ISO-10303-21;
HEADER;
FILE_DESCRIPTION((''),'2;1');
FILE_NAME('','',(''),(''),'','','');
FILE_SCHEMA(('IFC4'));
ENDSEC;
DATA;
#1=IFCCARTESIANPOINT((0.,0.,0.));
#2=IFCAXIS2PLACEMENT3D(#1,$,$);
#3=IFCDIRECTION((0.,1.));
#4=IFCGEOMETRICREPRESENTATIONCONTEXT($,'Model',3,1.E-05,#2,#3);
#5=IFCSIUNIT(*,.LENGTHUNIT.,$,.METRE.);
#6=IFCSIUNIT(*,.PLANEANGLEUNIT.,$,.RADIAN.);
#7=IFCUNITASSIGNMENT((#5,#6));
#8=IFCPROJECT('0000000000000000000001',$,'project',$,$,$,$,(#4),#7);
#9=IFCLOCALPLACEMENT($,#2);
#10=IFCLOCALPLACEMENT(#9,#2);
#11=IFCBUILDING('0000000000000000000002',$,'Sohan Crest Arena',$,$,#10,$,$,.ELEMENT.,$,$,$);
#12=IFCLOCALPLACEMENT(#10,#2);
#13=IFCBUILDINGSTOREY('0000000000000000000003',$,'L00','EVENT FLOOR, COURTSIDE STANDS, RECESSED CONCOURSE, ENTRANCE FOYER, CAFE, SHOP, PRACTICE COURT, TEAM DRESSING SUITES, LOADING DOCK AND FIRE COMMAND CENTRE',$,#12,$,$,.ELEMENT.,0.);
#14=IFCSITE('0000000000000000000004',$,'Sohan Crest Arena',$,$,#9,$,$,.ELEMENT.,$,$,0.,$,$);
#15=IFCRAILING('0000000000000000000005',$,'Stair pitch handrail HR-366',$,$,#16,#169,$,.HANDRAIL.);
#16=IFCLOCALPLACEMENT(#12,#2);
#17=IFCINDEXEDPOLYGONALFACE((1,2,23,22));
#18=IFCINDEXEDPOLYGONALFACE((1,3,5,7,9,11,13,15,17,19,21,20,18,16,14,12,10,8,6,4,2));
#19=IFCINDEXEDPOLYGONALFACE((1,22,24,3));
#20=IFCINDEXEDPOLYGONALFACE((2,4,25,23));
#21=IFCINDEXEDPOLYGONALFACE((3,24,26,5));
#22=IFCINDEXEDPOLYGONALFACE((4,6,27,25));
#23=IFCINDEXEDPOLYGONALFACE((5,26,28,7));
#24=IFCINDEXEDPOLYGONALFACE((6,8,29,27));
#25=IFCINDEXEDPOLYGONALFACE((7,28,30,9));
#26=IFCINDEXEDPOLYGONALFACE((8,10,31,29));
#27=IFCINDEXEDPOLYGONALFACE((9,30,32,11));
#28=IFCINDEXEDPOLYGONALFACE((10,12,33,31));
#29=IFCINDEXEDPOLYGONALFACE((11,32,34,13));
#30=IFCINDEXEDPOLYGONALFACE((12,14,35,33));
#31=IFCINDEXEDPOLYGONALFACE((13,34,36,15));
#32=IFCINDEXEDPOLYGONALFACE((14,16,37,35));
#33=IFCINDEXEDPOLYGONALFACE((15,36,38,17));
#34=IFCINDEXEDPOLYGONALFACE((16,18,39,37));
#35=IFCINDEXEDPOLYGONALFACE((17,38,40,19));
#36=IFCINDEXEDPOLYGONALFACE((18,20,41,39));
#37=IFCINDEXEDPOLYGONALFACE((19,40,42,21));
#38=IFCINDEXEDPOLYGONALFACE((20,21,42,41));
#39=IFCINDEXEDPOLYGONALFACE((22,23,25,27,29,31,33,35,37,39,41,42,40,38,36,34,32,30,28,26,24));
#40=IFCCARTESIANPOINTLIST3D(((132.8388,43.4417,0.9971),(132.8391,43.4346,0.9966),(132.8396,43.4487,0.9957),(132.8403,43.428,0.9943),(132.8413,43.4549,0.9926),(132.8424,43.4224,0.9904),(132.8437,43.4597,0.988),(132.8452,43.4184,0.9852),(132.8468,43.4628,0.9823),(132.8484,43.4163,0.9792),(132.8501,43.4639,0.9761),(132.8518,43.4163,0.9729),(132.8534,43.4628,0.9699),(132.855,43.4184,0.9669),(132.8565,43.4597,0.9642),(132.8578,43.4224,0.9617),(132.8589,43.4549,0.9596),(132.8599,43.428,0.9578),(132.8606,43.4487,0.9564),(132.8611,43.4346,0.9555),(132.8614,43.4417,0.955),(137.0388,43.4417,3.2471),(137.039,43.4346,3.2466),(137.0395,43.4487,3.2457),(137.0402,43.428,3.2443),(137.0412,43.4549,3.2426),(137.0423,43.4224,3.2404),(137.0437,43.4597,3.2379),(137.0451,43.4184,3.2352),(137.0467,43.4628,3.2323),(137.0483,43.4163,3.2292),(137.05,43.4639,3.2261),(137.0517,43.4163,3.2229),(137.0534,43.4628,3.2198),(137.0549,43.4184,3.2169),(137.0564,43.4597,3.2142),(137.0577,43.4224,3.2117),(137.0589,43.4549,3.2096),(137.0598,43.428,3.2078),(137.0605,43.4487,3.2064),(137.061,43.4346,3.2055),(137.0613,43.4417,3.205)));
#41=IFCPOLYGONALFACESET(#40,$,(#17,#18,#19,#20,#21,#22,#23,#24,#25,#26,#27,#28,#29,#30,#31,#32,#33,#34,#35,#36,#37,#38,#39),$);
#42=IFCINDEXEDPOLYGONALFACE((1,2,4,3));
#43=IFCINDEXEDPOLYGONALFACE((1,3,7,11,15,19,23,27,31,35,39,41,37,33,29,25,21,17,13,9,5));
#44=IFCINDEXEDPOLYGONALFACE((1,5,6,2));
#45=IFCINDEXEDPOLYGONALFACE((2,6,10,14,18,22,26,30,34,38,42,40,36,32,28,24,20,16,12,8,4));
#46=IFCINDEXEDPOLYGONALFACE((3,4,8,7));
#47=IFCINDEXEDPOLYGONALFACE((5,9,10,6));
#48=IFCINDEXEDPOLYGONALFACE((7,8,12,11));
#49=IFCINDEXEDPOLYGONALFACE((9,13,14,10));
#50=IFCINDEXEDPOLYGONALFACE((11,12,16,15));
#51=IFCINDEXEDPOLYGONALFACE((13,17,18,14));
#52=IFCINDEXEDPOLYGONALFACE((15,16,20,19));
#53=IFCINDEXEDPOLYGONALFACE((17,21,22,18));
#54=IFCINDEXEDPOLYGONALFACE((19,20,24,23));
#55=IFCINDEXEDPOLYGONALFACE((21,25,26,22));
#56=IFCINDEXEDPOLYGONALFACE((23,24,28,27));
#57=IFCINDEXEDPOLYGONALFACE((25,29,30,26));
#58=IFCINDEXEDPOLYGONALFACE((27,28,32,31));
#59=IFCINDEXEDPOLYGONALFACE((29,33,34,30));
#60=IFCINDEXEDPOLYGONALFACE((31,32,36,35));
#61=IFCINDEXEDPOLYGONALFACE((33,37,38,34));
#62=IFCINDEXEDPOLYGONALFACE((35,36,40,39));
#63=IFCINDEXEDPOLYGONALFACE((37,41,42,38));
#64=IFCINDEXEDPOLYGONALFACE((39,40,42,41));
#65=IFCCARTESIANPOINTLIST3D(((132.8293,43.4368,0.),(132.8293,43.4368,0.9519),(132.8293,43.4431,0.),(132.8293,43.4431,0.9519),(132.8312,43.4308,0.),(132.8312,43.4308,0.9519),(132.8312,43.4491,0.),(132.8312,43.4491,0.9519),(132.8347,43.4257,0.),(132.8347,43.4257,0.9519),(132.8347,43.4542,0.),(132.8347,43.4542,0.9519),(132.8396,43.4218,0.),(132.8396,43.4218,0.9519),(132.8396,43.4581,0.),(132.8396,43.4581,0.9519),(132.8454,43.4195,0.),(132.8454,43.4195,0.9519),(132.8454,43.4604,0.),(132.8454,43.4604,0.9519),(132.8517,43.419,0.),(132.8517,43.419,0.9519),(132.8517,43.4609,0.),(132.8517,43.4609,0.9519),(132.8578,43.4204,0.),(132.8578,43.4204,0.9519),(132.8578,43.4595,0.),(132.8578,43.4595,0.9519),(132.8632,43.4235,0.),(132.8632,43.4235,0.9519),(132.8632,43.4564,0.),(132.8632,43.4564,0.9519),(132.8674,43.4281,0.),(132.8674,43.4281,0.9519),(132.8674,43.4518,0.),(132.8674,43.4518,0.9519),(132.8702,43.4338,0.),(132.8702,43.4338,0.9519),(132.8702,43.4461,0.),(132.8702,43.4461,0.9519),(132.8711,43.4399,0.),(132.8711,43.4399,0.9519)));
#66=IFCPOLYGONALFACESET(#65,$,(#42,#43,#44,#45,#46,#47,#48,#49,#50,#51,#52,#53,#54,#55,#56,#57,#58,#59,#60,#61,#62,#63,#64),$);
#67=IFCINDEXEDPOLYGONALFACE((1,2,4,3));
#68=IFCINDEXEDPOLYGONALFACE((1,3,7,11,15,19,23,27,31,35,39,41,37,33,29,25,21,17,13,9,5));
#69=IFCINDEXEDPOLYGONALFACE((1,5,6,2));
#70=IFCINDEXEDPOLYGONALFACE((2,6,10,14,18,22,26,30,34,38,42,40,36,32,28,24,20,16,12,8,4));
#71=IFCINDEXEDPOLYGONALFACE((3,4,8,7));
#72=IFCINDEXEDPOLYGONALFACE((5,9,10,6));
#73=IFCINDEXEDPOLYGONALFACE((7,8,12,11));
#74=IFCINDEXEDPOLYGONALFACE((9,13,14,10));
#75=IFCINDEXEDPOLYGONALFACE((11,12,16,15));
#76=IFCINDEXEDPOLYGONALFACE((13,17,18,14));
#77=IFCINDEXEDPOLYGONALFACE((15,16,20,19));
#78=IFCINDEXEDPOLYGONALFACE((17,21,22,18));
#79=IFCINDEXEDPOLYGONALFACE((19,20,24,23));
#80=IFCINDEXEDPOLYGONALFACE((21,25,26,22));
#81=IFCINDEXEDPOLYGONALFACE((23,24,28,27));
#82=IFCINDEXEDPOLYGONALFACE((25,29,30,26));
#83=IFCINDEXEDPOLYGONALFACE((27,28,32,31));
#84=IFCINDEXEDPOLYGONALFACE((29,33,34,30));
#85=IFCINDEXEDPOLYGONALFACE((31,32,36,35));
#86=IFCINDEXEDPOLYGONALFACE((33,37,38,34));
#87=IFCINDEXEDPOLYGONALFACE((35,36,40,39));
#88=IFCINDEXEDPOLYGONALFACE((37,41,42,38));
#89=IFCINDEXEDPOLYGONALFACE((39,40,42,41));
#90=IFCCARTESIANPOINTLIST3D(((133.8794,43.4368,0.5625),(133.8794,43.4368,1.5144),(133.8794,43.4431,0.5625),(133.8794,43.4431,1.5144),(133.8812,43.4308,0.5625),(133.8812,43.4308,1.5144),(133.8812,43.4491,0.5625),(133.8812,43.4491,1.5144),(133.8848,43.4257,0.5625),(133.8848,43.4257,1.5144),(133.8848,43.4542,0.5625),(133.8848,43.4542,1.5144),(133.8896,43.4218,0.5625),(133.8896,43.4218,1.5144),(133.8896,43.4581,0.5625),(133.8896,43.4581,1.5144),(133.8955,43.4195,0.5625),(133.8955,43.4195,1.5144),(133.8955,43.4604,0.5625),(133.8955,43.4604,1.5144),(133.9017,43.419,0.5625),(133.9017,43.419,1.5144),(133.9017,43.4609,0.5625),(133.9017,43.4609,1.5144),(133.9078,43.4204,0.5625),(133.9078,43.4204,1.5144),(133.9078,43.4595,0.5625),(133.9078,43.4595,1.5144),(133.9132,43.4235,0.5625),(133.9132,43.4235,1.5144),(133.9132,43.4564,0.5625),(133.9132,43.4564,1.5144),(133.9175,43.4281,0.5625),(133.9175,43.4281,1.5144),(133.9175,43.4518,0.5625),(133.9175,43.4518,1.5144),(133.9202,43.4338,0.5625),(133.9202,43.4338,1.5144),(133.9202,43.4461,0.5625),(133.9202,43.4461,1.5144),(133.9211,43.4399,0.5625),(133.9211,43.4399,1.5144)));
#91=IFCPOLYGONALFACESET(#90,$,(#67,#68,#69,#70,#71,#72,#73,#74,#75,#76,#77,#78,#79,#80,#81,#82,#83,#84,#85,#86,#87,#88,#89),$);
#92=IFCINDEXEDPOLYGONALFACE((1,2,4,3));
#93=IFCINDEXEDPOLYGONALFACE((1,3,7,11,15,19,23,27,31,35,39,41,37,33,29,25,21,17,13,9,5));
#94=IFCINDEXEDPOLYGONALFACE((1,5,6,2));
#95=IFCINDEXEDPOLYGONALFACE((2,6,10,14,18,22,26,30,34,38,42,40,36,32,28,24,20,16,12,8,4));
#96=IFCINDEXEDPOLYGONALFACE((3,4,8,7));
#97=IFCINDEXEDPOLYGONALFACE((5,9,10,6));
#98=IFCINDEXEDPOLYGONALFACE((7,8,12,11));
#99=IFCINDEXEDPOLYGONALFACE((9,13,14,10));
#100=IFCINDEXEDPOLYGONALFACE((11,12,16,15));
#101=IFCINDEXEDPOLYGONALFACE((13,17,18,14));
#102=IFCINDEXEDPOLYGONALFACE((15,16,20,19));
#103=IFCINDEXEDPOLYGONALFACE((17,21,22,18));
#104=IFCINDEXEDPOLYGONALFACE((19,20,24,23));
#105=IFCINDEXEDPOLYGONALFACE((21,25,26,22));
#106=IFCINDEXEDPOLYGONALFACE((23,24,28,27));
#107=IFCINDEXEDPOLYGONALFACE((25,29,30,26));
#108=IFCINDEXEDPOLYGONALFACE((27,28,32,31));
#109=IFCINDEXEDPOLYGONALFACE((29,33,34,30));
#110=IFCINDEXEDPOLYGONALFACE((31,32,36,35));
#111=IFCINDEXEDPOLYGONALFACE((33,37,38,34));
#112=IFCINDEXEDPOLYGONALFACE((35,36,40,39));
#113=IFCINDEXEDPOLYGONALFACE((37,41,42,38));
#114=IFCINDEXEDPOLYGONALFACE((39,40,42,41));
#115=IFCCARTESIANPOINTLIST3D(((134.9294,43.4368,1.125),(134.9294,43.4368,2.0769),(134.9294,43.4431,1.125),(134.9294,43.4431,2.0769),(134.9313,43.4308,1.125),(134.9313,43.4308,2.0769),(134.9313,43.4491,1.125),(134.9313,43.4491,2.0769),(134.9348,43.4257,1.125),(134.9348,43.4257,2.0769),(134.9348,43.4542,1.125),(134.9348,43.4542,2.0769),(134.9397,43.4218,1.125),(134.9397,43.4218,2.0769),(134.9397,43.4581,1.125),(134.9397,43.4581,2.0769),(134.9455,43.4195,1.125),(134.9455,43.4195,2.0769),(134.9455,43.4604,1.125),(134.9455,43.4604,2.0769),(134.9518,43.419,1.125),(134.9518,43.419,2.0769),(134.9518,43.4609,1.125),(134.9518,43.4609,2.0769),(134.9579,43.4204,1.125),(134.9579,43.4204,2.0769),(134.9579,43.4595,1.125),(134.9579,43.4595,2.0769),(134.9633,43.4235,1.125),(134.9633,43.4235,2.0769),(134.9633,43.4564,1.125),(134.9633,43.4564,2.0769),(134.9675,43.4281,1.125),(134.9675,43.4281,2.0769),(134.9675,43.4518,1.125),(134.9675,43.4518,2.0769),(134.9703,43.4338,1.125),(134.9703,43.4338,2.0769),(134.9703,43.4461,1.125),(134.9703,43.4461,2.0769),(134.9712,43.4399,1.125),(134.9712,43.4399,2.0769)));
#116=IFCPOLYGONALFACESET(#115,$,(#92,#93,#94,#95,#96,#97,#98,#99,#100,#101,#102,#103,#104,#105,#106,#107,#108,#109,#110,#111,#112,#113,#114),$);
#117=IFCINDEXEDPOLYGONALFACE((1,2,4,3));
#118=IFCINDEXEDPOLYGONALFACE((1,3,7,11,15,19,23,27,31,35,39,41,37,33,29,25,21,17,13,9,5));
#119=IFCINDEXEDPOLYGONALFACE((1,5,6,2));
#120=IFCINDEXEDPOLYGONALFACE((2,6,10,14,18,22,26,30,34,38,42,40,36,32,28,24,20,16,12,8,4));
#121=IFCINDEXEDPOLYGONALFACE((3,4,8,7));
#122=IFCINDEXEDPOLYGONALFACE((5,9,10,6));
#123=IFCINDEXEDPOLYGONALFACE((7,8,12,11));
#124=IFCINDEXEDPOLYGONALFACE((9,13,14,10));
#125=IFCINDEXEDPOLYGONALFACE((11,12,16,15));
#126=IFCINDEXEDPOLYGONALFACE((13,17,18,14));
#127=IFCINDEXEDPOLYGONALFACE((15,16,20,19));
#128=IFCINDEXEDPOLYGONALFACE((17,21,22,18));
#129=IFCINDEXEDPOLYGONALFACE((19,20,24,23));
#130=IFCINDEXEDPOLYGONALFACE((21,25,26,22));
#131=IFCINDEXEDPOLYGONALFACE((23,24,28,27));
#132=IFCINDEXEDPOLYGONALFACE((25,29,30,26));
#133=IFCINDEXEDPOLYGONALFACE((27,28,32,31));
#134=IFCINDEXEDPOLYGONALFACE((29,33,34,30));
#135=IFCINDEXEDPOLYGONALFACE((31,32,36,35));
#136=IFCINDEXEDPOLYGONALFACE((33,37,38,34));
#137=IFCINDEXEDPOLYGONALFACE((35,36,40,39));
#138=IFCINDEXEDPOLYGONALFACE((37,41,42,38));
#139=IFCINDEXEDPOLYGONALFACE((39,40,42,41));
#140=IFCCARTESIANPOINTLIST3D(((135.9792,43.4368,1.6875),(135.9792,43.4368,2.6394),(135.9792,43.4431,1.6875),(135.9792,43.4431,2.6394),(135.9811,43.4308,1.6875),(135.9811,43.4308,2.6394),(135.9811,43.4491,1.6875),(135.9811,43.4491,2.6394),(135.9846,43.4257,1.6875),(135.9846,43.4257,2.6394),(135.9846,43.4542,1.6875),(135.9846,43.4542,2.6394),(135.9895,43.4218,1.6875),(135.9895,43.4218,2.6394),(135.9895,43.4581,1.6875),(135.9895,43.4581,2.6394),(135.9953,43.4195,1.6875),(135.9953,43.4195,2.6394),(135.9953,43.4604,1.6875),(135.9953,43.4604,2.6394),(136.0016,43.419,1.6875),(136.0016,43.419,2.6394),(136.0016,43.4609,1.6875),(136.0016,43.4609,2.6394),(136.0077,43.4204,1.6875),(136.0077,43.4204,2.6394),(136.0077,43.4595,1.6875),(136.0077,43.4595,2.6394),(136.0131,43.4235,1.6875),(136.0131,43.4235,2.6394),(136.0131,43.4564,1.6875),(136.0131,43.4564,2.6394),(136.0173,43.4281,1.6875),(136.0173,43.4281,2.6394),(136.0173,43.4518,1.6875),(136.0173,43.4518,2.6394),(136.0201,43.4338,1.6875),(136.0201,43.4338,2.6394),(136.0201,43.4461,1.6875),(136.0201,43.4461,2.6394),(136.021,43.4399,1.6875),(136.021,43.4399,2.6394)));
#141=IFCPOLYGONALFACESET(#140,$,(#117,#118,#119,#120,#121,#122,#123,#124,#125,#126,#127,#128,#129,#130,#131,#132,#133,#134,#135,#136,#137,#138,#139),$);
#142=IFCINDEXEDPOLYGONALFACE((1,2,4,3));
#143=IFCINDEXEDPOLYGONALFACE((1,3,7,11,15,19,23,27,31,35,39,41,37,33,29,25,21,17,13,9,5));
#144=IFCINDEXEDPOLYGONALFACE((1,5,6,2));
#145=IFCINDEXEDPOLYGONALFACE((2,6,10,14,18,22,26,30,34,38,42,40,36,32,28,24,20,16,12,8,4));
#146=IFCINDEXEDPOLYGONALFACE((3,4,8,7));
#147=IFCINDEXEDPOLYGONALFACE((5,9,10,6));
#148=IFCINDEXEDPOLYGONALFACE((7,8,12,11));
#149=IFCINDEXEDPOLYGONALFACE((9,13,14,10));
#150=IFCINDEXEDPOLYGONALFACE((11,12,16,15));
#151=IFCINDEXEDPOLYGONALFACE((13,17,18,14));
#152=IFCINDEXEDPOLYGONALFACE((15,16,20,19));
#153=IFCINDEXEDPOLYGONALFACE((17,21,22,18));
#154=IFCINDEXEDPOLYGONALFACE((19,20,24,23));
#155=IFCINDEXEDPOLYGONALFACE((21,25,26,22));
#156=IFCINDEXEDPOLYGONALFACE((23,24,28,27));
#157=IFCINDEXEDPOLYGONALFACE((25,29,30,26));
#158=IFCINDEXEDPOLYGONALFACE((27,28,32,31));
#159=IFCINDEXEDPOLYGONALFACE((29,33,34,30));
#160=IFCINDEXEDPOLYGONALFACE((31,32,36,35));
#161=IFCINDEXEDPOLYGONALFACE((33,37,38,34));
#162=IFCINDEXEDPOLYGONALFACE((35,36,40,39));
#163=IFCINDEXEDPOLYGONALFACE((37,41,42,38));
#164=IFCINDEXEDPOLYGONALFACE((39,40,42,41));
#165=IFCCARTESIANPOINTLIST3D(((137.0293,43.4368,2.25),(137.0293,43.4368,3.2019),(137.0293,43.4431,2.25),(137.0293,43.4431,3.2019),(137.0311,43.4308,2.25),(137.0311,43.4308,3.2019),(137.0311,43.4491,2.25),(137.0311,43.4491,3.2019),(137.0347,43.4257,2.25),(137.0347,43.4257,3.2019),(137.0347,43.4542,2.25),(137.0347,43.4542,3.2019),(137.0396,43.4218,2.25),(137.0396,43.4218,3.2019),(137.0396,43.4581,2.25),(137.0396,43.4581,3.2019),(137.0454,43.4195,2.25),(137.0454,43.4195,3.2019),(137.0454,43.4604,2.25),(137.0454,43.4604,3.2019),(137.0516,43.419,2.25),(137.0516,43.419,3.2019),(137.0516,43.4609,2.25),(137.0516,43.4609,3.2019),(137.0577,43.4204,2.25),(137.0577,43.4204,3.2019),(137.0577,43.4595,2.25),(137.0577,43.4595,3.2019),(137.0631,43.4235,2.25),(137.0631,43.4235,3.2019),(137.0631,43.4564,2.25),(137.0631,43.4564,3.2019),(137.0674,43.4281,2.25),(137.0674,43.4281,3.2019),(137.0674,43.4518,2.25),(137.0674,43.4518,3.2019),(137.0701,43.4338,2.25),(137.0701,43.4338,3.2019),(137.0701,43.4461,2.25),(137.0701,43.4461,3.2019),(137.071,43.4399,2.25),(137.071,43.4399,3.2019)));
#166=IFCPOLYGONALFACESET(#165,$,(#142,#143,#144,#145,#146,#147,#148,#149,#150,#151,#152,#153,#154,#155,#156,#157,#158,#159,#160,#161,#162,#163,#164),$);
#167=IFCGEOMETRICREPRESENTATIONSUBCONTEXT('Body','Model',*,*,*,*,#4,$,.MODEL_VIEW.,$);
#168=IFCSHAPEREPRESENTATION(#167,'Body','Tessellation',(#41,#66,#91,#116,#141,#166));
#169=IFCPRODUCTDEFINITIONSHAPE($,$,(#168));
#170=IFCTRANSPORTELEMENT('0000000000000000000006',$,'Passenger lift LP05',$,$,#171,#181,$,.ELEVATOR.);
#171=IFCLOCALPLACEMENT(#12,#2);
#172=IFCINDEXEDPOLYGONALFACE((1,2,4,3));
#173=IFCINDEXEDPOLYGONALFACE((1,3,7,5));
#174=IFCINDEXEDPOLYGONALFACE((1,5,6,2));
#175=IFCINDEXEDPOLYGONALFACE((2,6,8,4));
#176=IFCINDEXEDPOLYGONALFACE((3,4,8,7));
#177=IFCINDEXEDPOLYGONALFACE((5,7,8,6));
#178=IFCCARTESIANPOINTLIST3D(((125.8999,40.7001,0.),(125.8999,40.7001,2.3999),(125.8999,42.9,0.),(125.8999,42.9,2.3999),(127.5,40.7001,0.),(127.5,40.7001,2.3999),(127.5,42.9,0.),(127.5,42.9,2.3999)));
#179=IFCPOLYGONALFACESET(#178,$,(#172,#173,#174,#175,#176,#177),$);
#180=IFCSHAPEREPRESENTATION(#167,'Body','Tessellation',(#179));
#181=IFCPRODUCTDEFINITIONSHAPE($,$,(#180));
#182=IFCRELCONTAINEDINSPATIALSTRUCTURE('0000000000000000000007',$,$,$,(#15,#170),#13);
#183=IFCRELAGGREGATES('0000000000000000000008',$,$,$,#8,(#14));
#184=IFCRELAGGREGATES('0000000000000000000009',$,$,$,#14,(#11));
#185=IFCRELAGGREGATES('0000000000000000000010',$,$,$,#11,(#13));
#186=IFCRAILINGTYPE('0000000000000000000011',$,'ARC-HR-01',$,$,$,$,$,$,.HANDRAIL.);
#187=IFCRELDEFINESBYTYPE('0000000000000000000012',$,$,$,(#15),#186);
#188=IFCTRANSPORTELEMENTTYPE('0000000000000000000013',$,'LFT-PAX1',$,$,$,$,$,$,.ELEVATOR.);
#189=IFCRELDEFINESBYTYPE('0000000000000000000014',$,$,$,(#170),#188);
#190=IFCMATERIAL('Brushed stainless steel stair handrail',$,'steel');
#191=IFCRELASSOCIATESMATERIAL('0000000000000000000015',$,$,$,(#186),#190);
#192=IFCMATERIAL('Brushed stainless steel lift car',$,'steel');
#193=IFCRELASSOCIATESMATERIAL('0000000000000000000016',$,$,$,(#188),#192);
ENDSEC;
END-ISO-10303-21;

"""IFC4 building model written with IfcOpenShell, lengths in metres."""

from ifc_helpers import new_model, si_unit, direction, frame, origin, origin_2d, place, context, subcontext, project, spatial, rectangle, circle, extrude, material, type_object, element, save


model = new_model("IFC4")

# Units and contexts
model_context = context("Model", 3, precision=1e-05, world=origin(), true_north=direction((0.0, 1.0)))
body_context = subcontext(model_context, "Body", "Model", "MODEL_VIEW")
ifc_project = project(units=[si_unit("LENGTHUNIT", "METRE"), si_unit("PLANEANGLEUNIT", "RADIAN")], contexts=[model_context])

# Site, building, storey
site_placement = place(None, origin())
site = spatial("IfcSite", under=ifc_project, at=site_placement, Name="Sohan Crest Arena", CompositionType="ELEMENT", RefElevation=0.0)
building_placement = place(site_placement, origin())
building = spatial("IfcBuilding", under=site, at=building_placement, Name="Sohan Crest Arena", CompositionType="ELEMENT")
storey_placement = place(building_placement, origin())
storey = spatial("IfcBuildingStorey", under=building, at=storey_placement, Name="L00", Description="EVENT FLOOR, COURTSIDE STANDS, RECESSED CONCOURSE, ENTRANCE FOYER, CAFE, SHOP, PRACTICE COURT, TEAM DRESSING SUITES, LOADING DOCK AND FIRE COMMAND CENTRE", CompositionType="ELEMENT", Elevation=0.0)

# Railing
ifc_material_1 = material(Name="Brushed stainless steel stair handrail", Category="steel")
railing_type_1 = type_object("IfcRailingType", Name="ARC-HR-01", PredefinedType="HANDRAIL", material=ifc_material_1)
for number, where, name in (
    (1, (132.8501, 43.4399, 0.0), "Stair pitch handrail HR-366"),
):
    element("IfcRailing", number, at=place(storey_placement, frame(where)), inside=storey, type_object=railing_type_1, Name=name, PredefinedType="HANDRAIL", context=body_context, shape_type="SweptSolid", body=[
        extrude(circle(Radius=0.0239, at=origin_2d()), frame((0.0, 0.0, 0.9761), z_axis=(0.881478, 0.0, 0.472226), x_axis=(0.0, 1.0, 0.0)), (0.0, 0.0, 1.0), 4.7646),
        extrude(circle(Radius=0.021, at=origin_2d()), origin(), (0.0, 0.0, 1.0), 0.9519),
        extrude(circle(Radius=0.021, at=origin_2d()), frame((1.05, 0.0, 0.5625)), (0.0, 0.0, 1.0), 0.9519),
        extrude(circle(Radius=0.021, at=origin_2d()), frame((2.1001, 0.0, 1.125)), (0.0, 0.0, 1.0), 0.9519),
        extrude(circle(Radius=0.021, at=origin_2d()), frame((3.1499, 0.0, 1.6875)), (0.0, 0.0, 1.0), 0.9519),
        extrude(circle(Radius=0.021, at=origin_2d()), frame((4.2, 0.0, 2.25)), (0.0, 0.0, 1.0), 0.9519),
    ])

# Transport element
ifc_material_2 = material(Name="Brushed stainless steel lift car", Category="steel")
transport_element_type = type_object("IfcTransportElementType", Name="LFT-PAX1", PredefinedType="ELEVATOR", material=ifc_material_2)
transport_element_placement = place(storey_placement, frame((126.7, 41.8, 0.0), z_axis=(0.0, 0.0, 1.0), x_axis=(1.0, 0.0, 0.0)))
element("IfcTransportElement", 2, at=transport_element_placement, inside=storey, type_object=transport_element_type, Name="Passenger lift LP05", PredefinedType="ELEVATOR", context=body_context, shape_type="SweptSolid", body=[
    extrude(rectangle(XDim=1.6001, YDim=2.2, at=origin_2d()), origin(), (0.0, 0.0, 1.0), 2.3999),
])

save(model, "model.ifc")
